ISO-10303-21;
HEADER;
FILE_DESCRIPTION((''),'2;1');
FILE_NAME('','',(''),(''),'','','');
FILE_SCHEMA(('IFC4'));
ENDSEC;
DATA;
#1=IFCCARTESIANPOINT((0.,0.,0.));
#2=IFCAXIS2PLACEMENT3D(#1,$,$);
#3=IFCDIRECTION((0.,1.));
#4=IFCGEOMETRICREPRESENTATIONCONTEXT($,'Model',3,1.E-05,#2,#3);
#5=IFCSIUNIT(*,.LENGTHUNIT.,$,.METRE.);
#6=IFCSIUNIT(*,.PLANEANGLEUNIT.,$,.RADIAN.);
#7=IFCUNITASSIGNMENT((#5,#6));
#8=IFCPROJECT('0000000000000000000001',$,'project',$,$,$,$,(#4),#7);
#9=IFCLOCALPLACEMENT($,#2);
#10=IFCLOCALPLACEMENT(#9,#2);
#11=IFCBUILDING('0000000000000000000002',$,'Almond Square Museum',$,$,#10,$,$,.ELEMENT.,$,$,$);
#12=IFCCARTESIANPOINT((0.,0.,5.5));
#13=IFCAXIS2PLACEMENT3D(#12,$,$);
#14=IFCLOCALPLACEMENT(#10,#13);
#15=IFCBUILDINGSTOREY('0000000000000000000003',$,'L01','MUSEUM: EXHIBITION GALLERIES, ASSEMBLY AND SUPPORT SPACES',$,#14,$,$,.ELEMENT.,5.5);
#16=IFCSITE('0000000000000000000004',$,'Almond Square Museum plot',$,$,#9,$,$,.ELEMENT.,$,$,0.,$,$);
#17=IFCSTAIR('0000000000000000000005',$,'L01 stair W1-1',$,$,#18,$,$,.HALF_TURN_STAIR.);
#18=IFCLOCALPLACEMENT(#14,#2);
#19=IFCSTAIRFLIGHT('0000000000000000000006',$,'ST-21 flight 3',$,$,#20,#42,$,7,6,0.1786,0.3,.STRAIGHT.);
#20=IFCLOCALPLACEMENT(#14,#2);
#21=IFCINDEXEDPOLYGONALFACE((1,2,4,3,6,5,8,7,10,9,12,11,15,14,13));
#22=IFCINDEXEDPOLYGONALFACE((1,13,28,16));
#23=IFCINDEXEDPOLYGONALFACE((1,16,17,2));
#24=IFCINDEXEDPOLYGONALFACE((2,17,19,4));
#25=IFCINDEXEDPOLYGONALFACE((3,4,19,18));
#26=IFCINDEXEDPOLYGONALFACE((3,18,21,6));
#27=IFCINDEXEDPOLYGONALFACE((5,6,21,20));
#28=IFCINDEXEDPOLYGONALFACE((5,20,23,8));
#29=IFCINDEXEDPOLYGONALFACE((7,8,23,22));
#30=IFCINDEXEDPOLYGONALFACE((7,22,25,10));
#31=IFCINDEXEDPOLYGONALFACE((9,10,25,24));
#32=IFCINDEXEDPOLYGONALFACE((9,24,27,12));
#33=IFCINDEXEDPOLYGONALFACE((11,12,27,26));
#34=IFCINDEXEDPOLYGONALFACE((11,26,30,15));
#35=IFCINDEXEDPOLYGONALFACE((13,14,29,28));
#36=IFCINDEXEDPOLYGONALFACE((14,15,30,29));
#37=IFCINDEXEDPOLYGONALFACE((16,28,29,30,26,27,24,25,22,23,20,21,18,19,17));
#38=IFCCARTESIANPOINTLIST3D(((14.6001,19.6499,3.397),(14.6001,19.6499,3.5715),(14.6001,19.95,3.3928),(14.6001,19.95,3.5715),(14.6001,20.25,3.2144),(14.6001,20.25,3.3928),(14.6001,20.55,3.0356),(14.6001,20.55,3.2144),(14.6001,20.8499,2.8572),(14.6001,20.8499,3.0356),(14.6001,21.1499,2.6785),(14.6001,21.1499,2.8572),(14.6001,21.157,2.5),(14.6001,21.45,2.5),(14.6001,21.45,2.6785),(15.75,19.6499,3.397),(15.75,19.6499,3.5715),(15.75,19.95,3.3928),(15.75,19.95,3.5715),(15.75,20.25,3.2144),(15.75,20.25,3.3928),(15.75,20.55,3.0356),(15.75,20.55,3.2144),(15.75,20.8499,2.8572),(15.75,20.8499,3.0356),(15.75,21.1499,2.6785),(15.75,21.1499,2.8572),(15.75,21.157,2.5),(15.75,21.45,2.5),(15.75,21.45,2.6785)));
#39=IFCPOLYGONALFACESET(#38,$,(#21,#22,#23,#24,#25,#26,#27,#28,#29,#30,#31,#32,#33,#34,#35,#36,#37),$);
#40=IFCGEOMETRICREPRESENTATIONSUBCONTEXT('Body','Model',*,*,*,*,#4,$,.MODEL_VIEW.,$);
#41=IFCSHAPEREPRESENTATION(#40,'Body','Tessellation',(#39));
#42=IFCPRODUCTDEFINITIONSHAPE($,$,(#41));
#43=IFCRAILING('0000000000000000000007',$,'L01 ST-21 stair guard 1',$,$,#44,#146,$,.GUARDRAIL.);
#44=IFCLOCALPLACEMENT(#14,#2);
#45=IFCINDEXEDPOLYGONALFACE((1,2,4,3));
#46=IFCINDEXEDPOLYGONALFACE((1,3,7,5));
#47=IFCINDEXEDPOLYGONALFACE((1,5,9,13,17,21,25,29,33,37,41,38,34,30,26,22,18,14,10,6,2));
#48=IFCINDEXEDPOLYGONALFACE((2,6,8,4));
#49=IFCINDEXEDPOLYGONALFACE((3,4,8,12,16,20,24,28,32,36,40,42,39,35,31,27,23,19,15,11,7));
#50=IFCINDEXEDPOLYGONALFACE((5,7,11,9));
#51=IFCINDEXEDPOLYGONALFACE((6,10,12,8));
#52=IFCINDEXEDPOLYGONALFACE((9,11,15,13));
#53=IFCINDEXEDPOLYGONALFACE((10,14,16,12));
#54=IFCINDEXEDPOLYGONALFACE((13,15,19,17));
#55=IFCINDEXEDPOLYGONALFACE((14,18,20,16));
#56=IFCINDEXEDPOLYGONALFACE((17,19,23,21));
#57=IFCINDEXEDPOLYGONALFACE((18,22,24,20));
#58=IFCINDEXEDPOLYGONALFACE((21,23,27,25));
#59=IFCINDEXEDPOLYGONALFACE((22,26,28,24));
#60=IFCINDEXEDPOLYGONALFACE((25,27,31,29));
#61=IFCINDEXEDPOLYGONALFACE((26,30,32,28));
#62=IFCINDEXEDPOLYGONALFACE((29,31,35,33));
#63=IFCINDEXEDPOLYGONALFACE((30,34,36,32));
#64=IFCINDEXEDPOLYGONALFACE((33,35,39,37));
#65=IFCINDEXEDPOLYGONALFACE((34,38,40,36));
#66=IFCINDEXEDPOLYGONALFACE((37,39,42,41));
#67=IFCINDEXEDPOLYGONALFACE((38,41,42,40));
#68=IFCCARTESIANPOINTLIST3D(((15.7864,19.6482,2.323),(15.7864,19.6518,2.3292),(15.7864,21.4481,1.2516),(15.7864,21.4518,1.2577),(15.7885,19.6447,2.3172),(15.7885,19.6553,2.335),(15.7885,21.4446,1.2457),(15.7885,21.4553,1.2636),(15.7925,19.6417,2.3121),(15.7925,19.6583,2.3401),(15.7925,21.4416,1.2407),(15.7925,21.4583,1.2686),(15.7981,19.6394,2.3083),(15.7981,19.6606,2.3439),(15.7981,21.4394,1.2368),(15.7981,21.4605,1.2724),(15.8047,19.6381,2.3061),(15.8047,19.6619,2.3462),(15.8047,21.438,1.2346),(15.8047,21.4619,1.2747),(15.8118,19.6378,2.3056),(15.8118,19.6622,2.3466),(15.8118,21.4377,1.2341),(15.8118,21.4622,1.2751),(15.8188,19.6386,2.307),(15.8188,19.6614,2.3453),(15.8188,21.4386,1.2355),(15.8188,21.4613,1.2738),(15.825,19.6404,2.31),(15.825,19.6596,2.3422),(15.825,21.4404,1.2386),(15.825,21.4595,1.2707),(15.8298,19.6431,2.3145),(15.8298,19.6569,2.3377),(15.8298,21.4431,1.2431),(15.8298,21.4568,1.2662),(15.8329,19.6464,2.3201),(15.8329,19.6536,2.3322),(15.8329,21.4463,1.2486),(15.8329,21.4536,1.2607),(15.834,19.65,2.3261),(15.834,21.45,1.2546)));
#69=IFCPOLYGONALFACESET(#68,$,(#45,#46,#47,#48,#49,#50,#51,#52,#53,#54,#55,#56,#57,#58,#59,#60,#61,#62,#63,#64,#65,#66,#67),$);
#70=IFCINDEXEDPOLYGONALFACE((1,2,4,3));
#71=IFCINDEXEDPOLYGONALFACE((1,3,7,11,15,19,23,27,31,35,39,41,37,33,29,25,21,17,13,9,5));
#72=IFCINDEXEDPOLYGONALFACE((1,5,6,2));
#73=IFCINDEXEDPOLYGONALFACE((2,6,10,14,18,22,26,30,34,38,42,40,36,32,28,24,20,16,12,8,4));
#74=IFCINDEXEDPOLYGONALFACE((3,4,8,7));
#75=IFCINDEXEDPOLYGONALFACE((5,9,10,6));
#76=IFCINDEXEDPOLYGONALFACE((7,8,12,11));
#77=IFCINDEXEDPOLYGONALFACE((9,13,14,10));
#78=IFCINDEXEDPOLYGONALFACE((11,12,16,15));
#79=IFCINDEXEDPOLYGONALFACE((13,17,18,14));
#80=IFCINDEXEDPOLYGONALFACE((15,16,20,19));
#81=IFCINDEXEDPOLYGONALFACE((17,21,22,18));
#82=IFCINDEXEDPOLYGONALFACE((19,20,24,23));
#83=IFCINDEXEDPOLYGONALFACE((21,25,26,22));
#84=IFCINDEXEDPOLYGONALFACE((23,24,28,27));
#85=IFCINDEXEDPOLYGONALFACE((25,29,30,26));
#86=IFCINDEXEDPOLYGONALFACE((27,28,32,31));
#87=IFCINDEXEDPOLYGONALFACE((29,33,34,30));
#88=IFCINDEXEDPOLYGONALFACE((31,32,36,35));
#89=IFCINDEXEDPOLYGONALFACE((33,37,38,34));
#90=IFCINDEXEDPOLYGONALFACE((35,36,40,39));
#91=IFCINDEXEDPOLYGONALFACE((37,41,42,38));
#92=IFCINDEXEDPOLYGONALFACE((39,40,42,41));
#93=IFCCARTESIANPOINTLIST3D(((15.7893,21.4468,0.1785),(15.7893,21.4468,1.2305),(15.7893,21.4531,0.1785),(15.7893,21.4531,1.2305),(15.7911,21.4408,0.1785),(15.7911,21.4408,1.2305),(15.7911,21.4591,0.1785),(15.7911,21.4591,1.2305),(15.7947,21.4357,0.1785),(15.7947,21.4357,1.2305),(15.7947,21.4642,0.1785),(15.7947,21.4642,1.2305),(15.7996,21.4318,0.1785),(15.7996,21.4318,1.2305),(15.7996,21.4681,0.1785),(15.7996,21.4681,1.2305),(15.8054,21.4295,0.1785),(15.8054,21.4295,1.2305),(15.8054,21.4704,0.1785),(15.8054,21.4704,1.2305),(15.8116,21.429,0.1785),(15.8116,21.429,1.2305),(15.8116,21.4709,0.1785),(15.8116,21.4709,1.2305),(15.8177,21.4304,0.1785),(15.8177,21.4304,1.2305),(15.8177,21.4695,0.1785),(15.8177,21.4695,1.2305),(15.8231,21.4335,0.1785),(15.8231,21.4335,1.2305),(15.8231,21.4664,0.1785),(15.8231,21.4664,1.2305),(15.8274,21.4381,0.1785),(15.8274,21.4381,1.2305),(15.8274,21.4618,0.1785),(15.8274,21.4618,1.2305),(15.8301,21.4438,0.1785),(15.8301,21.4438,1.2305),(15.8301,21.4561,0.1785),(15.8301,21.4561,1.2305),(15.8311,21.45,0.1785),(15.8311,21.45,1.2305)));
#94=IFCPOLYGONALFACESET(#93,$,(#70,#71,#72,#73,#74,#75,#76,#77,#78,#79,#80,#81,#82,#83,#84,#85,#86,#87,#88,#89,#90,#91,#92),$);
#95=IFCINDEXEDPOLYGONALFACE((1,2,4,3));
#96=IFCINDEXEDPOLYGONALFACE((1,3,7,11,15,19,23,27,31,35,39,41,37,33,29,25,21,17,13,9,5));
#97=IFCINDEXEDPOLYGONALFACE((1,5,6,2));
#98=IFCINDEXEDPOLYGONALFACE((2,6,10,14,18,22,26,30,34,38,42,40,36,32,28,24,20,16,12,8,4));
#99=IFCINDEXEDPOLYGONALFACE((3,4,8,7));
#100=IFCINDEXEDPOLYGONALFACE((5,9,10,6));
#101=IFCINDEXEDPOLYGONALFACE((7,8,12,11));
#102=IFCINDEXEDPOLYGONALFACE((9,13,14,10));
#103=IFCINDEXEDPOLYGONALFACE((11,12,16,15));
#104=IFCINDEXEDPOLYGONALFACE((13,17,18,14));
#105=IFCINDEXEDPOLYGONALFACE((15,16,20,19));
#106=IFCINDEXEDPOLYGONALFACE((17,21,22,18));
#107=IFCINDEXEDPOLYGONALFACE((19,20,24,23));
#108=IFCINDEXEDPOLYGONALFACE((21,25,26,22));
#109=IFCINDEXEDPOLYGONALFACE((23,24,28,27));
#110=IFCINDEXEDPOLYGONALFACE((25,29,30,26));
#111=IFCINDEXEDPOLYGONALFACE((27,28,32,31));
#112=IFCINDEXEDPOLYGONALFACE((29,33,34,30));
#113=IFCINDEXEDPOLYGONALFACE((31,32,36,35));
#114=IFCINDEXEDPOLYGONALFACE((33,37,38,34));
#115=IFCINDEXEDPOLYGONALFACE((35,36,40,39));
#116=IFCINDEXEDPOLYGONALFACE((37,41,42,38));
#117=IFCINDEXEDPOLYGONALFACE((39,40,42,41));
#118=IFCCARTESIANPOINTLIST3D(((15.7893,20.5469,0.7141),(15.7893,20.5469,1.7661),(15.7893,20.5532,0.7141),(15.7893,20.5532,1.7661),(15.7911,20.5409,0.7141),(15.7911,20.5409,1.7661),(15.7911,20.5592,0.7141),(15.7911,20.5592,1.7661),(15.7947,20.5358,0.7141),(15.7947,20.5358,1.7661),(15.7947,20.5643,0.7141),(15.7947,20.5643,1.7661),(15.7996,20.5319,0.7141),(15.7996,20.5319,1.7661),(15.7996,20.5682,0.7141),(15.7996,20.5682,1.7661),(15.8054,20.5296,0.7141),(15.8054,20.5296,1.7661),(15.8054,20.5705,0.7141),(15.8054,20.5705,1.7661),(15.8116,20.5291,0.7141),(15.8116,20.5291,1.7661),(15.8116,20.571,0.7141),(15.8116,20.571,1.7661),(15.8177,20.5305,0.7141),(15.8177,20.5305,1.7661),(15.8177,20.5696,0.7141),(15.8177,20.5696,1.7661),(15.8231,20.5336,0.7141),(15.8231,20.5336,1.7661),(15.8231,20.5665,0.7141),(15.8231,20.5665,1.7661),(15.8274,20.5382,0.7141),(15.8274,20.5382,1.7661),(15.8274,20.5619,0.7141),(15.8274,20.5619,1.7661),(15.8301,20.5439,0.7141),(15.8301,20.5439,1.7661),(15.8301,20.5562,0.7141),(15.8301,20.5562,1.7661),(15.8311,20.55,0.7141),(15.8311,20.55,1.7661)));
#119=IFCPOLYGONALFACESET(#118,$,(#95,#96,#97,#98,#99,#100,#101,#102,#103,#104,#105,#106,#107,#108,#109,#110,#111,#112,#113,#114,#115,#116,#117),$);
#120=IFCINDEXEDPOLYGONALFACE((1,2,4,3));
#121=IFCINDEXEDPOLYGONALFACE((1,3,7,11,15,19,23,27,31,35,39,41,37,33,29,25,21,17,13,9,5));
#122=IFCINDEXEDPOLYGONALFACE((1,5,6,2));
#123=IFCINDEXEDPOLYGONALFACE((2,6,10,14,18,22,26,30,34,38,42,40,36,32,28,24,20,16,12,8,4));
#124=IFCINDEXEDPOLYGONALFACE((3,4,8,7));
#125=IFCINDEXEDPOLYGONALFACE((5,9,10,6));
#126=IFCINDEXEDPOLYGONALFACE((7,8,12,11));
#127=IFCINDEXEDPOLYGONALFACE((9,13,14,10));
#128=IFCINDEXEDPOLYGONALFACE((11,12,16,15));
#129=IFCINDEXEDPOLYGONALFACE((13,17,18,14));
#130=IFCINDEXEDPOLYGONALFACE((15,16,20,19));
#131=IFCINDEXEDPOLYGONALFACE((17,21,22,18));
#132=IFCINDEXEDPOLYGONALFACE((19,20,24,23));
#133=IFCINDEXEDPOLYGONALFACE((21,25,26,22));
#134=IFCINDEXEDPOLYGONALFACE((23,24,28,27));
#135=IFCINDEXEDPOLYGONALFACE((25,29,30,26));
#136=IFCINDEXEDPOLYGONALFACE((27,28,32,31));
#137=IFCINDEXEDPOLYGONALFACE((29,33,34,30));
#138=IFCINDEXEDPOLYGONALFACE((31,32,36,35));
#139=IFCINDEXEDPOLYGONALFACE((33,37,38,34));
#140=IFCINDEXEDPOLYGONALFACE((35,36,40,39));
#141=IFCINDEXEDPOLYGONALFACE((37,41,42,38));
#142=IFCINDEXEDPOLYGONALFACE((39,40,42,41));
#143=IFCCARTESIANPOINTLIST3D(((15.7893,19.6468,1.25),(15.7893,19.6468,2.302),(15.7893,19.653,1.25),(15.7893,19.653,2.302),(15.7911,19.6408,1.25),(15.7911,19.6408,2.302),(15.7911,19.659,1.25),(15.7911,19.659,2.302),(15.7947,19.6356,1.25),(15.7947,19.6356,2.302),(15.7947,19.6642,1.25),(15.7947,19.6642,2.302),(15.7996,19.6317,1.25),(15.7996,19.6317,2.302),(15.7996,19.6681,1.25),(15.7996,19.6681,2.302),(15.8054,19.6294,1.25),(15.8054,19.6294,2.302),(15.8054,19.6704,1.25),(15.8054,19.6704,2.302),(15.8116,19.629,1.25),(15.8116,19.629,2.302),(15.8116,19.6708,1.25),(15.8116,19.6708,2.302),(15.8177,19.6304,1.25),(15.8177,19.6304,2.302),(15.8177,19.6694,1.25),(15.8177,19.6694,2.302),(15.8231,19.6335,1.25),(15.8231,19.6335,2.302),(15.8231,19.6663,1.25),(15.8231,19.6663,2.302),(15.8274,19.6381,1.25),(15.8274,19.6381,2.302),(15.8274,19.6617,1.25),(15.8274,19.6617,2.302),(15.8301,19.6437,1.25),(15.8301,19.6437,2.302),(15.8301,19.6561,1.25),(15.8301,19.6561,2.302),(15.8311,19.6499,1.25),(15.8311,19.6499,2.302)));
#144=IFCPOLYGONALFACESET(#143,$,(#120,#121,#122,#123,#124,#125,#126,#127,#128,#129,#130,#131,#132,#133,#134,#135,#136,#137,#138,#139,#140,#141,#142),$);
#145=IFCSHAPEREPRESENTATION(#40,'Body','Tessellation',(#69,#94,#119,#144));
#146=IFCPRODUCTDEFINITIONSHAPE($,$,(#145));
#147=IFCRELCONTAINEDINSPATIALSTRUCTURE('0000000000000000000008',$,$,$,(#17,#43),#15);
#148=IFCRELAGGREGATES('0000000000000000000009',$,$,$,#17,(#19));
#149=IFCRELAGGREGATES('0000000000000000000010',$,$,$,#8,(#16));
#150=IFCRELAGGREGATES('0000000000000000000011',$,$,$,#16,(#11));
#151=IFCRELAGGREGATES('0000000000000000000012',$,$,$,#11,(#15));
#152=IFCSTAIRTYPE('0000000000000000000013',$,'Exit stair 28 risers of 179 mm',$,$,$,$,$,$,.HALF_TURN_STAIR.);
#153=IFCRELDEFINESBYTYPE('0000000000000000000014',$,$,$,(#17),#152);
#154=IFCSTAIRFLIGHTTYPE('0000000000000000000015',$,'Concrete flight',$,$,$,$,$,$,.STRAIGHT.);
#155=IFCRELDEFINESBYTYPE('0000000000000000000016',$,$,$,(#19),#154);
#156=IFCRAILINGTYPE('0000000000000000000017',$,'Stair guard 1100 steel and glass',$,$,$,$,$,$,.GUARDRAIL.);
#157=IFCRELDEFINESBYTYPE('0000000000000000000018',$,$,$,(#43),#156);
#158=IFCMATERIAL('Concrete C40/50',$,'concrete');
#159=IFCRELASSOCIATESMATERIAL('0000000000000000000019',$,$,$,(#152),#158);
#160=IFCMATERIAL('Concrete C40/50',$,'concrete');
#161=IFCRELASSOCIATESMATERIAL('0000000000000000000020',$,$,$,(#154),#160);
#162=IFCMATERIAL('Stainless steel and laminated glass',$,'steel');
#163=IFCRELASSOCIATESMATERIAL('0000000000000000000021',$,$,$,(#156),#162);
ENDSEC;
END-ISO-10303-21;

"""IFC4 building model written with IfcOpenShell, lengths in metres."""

from ifc_helpers import new_model, si_unit, direction, frame, origin, origin_2d, place, context, subcontext, project, spatial, polyline, circle, outline, extrude, material, type_object, element, aggregate, save


model = new_model("IFC4")

# Units and contexts
model_context = context("Model", 3, precision=1e-05, world=origin(), true_north=direction((0.0, 1.0)))
body_context = subcontext(model_context, "Body", "Model", "MODEL_VIEW")
ifc_project = project(units=[si_unit("LENGTHUNIT", "METRE"), si_unit("PLANEANGLEUNIT", "RADIAN")], contexts=[model_context])

# Site, building, storey
site_placement = place(None, origin())
site = spatial("IfcSite", under=ifc_project, at=site_placement, Name="Almond Square Museum plot", CompositionType="ELEMENT", RefElevation=0.0)
building_placement = place(site_placement, origin())
building = spatial("IfcBuilding", under=site, at=building_placement, Name="Almond Square Museum", CompositionType="ELEMENT")
storey_placement = place(building_placement, frame((0.0, 0.0, 5.5)))
storey = spatial("IfcBuildingStorey", under=building, at=storey_placement, Name="L01", Description="MUSEUM: EXHIBITION GALLERIES, ASSEMBLY AND SUPPORT SPACES", CompositionType="ELEMENT", Elevation=5.5)

# Stair, stair flight
ifc_material_1 = material(Name="Concrete C40/50", Category="concrete")
stair_type = type_object("IfcStairType", Name="Exit stair 28 risers of 179 mm", PredefinedType="HALF_TURN_STAIR", material=ifc_material_1)
stair_placement = place(storey_placement, origin())
stair = element("IfcStair", 1, at=stair_placement, inside=storey, type_object=stair_type, Name="L01 stair W1-1", PredefinedType="HALF_TURN_STAIR")
ifc_material_2 = material(Name="Concrete C40/50", Category="concrete")
stair_flight_type = type_object("IfcStairFlightType", Name="Concrete flight", PredefinedType="STRAIGHT", material=ifc_material_2)
stair_flight_1_placement = place(storey_placement, frame((15.175, 21.45, 2.5), z_axis=(0.0, 0.0, 1.0), x_axis=(0.0, -1.0, 0.0)))
stair_flight_1 = element("IfcStairFlight", 2, at=stair_flight_1_placement, type_object=stair_flight_type, Name="ST-21 flight 3", NumberOfRisers=7, NumberOfTreads=6, PredefinedType="STRAIGHT", RiserHeight=0.1786, TreadLength=0.3, context=body_context, shape_type="SweptSolid", body=[
    extrude(outline(polyline([(0.0, 0.0), (0.0, 0.1785), (0.3, 0.1785), (0.3, 0.3572), (0.6001, 0.3572), (0.6001, 0.5356), (0.8999, 0.5356), (0.8999, 0.7144), (1.2, 0.7144), (1.2, 0.8928), (1.5, 0.8928), (1.5, 1.0715), (1.8, 1.0715), (1.8, 1.25), (1.8, 0.897), (0.293, 0.0), (0.0, 0.0)])), frame((0.0, 0.575, 0.0), z_axis=(0.0, -1.0, 0.0), x_axis=(1.0, 0.0, 0.0)), (0.0, 0.0, 1.0), 1.1499),
])
aggregate(stair, [stair_flight_1])

# Railing
ifc_material_3 = material(Name="Stainless steel and laminated glass", Category="steel")
railing_type_1 = type_object("IfcRailingType", Name="Stair guard 1100 steel and glass", PredefinedType="GUARDRAIL", material=ifc_material_3)
railing_placement = place(storey_placement, frame((15.8101, 21.45, 0.1785)))
element("IfcRailing", 3, at=railing_placement, inside=storey, type_object=railing_type_1, Name="L01 ST-21 stair guard 1", PredefinedType="GUARDRAIL", context=body_context, shape_type="SweptSolid", body=[
    extrude(circle(Radius=0.0239, at=origin_2d()), frame((0.0, 0.0, 1.0762), z_axis=(0.0, -0.859277, 0.51151), x_axis=(1.0, 0.0, 0.0)), (0.0, 0.0, 1.0), 2.0947),
    extrude(circle(Radius=0.021, at=origin_2d()), origin(), (0.0, 0.0, 1.0), 1.052),
    extrude(circle(Radius=0.021, at=origin_2d()), frame((0.0, -0.8999, 0.5356)), (0.0, 0.0, 1.0), 1.052),
    extrude(circle(Radius=0.021, at=origin_2d()), frame((0.0, -1.8, 1.0715)), (0.0, 0.0, 1.0), 1.052),
])

save(model, "model.ifc")
